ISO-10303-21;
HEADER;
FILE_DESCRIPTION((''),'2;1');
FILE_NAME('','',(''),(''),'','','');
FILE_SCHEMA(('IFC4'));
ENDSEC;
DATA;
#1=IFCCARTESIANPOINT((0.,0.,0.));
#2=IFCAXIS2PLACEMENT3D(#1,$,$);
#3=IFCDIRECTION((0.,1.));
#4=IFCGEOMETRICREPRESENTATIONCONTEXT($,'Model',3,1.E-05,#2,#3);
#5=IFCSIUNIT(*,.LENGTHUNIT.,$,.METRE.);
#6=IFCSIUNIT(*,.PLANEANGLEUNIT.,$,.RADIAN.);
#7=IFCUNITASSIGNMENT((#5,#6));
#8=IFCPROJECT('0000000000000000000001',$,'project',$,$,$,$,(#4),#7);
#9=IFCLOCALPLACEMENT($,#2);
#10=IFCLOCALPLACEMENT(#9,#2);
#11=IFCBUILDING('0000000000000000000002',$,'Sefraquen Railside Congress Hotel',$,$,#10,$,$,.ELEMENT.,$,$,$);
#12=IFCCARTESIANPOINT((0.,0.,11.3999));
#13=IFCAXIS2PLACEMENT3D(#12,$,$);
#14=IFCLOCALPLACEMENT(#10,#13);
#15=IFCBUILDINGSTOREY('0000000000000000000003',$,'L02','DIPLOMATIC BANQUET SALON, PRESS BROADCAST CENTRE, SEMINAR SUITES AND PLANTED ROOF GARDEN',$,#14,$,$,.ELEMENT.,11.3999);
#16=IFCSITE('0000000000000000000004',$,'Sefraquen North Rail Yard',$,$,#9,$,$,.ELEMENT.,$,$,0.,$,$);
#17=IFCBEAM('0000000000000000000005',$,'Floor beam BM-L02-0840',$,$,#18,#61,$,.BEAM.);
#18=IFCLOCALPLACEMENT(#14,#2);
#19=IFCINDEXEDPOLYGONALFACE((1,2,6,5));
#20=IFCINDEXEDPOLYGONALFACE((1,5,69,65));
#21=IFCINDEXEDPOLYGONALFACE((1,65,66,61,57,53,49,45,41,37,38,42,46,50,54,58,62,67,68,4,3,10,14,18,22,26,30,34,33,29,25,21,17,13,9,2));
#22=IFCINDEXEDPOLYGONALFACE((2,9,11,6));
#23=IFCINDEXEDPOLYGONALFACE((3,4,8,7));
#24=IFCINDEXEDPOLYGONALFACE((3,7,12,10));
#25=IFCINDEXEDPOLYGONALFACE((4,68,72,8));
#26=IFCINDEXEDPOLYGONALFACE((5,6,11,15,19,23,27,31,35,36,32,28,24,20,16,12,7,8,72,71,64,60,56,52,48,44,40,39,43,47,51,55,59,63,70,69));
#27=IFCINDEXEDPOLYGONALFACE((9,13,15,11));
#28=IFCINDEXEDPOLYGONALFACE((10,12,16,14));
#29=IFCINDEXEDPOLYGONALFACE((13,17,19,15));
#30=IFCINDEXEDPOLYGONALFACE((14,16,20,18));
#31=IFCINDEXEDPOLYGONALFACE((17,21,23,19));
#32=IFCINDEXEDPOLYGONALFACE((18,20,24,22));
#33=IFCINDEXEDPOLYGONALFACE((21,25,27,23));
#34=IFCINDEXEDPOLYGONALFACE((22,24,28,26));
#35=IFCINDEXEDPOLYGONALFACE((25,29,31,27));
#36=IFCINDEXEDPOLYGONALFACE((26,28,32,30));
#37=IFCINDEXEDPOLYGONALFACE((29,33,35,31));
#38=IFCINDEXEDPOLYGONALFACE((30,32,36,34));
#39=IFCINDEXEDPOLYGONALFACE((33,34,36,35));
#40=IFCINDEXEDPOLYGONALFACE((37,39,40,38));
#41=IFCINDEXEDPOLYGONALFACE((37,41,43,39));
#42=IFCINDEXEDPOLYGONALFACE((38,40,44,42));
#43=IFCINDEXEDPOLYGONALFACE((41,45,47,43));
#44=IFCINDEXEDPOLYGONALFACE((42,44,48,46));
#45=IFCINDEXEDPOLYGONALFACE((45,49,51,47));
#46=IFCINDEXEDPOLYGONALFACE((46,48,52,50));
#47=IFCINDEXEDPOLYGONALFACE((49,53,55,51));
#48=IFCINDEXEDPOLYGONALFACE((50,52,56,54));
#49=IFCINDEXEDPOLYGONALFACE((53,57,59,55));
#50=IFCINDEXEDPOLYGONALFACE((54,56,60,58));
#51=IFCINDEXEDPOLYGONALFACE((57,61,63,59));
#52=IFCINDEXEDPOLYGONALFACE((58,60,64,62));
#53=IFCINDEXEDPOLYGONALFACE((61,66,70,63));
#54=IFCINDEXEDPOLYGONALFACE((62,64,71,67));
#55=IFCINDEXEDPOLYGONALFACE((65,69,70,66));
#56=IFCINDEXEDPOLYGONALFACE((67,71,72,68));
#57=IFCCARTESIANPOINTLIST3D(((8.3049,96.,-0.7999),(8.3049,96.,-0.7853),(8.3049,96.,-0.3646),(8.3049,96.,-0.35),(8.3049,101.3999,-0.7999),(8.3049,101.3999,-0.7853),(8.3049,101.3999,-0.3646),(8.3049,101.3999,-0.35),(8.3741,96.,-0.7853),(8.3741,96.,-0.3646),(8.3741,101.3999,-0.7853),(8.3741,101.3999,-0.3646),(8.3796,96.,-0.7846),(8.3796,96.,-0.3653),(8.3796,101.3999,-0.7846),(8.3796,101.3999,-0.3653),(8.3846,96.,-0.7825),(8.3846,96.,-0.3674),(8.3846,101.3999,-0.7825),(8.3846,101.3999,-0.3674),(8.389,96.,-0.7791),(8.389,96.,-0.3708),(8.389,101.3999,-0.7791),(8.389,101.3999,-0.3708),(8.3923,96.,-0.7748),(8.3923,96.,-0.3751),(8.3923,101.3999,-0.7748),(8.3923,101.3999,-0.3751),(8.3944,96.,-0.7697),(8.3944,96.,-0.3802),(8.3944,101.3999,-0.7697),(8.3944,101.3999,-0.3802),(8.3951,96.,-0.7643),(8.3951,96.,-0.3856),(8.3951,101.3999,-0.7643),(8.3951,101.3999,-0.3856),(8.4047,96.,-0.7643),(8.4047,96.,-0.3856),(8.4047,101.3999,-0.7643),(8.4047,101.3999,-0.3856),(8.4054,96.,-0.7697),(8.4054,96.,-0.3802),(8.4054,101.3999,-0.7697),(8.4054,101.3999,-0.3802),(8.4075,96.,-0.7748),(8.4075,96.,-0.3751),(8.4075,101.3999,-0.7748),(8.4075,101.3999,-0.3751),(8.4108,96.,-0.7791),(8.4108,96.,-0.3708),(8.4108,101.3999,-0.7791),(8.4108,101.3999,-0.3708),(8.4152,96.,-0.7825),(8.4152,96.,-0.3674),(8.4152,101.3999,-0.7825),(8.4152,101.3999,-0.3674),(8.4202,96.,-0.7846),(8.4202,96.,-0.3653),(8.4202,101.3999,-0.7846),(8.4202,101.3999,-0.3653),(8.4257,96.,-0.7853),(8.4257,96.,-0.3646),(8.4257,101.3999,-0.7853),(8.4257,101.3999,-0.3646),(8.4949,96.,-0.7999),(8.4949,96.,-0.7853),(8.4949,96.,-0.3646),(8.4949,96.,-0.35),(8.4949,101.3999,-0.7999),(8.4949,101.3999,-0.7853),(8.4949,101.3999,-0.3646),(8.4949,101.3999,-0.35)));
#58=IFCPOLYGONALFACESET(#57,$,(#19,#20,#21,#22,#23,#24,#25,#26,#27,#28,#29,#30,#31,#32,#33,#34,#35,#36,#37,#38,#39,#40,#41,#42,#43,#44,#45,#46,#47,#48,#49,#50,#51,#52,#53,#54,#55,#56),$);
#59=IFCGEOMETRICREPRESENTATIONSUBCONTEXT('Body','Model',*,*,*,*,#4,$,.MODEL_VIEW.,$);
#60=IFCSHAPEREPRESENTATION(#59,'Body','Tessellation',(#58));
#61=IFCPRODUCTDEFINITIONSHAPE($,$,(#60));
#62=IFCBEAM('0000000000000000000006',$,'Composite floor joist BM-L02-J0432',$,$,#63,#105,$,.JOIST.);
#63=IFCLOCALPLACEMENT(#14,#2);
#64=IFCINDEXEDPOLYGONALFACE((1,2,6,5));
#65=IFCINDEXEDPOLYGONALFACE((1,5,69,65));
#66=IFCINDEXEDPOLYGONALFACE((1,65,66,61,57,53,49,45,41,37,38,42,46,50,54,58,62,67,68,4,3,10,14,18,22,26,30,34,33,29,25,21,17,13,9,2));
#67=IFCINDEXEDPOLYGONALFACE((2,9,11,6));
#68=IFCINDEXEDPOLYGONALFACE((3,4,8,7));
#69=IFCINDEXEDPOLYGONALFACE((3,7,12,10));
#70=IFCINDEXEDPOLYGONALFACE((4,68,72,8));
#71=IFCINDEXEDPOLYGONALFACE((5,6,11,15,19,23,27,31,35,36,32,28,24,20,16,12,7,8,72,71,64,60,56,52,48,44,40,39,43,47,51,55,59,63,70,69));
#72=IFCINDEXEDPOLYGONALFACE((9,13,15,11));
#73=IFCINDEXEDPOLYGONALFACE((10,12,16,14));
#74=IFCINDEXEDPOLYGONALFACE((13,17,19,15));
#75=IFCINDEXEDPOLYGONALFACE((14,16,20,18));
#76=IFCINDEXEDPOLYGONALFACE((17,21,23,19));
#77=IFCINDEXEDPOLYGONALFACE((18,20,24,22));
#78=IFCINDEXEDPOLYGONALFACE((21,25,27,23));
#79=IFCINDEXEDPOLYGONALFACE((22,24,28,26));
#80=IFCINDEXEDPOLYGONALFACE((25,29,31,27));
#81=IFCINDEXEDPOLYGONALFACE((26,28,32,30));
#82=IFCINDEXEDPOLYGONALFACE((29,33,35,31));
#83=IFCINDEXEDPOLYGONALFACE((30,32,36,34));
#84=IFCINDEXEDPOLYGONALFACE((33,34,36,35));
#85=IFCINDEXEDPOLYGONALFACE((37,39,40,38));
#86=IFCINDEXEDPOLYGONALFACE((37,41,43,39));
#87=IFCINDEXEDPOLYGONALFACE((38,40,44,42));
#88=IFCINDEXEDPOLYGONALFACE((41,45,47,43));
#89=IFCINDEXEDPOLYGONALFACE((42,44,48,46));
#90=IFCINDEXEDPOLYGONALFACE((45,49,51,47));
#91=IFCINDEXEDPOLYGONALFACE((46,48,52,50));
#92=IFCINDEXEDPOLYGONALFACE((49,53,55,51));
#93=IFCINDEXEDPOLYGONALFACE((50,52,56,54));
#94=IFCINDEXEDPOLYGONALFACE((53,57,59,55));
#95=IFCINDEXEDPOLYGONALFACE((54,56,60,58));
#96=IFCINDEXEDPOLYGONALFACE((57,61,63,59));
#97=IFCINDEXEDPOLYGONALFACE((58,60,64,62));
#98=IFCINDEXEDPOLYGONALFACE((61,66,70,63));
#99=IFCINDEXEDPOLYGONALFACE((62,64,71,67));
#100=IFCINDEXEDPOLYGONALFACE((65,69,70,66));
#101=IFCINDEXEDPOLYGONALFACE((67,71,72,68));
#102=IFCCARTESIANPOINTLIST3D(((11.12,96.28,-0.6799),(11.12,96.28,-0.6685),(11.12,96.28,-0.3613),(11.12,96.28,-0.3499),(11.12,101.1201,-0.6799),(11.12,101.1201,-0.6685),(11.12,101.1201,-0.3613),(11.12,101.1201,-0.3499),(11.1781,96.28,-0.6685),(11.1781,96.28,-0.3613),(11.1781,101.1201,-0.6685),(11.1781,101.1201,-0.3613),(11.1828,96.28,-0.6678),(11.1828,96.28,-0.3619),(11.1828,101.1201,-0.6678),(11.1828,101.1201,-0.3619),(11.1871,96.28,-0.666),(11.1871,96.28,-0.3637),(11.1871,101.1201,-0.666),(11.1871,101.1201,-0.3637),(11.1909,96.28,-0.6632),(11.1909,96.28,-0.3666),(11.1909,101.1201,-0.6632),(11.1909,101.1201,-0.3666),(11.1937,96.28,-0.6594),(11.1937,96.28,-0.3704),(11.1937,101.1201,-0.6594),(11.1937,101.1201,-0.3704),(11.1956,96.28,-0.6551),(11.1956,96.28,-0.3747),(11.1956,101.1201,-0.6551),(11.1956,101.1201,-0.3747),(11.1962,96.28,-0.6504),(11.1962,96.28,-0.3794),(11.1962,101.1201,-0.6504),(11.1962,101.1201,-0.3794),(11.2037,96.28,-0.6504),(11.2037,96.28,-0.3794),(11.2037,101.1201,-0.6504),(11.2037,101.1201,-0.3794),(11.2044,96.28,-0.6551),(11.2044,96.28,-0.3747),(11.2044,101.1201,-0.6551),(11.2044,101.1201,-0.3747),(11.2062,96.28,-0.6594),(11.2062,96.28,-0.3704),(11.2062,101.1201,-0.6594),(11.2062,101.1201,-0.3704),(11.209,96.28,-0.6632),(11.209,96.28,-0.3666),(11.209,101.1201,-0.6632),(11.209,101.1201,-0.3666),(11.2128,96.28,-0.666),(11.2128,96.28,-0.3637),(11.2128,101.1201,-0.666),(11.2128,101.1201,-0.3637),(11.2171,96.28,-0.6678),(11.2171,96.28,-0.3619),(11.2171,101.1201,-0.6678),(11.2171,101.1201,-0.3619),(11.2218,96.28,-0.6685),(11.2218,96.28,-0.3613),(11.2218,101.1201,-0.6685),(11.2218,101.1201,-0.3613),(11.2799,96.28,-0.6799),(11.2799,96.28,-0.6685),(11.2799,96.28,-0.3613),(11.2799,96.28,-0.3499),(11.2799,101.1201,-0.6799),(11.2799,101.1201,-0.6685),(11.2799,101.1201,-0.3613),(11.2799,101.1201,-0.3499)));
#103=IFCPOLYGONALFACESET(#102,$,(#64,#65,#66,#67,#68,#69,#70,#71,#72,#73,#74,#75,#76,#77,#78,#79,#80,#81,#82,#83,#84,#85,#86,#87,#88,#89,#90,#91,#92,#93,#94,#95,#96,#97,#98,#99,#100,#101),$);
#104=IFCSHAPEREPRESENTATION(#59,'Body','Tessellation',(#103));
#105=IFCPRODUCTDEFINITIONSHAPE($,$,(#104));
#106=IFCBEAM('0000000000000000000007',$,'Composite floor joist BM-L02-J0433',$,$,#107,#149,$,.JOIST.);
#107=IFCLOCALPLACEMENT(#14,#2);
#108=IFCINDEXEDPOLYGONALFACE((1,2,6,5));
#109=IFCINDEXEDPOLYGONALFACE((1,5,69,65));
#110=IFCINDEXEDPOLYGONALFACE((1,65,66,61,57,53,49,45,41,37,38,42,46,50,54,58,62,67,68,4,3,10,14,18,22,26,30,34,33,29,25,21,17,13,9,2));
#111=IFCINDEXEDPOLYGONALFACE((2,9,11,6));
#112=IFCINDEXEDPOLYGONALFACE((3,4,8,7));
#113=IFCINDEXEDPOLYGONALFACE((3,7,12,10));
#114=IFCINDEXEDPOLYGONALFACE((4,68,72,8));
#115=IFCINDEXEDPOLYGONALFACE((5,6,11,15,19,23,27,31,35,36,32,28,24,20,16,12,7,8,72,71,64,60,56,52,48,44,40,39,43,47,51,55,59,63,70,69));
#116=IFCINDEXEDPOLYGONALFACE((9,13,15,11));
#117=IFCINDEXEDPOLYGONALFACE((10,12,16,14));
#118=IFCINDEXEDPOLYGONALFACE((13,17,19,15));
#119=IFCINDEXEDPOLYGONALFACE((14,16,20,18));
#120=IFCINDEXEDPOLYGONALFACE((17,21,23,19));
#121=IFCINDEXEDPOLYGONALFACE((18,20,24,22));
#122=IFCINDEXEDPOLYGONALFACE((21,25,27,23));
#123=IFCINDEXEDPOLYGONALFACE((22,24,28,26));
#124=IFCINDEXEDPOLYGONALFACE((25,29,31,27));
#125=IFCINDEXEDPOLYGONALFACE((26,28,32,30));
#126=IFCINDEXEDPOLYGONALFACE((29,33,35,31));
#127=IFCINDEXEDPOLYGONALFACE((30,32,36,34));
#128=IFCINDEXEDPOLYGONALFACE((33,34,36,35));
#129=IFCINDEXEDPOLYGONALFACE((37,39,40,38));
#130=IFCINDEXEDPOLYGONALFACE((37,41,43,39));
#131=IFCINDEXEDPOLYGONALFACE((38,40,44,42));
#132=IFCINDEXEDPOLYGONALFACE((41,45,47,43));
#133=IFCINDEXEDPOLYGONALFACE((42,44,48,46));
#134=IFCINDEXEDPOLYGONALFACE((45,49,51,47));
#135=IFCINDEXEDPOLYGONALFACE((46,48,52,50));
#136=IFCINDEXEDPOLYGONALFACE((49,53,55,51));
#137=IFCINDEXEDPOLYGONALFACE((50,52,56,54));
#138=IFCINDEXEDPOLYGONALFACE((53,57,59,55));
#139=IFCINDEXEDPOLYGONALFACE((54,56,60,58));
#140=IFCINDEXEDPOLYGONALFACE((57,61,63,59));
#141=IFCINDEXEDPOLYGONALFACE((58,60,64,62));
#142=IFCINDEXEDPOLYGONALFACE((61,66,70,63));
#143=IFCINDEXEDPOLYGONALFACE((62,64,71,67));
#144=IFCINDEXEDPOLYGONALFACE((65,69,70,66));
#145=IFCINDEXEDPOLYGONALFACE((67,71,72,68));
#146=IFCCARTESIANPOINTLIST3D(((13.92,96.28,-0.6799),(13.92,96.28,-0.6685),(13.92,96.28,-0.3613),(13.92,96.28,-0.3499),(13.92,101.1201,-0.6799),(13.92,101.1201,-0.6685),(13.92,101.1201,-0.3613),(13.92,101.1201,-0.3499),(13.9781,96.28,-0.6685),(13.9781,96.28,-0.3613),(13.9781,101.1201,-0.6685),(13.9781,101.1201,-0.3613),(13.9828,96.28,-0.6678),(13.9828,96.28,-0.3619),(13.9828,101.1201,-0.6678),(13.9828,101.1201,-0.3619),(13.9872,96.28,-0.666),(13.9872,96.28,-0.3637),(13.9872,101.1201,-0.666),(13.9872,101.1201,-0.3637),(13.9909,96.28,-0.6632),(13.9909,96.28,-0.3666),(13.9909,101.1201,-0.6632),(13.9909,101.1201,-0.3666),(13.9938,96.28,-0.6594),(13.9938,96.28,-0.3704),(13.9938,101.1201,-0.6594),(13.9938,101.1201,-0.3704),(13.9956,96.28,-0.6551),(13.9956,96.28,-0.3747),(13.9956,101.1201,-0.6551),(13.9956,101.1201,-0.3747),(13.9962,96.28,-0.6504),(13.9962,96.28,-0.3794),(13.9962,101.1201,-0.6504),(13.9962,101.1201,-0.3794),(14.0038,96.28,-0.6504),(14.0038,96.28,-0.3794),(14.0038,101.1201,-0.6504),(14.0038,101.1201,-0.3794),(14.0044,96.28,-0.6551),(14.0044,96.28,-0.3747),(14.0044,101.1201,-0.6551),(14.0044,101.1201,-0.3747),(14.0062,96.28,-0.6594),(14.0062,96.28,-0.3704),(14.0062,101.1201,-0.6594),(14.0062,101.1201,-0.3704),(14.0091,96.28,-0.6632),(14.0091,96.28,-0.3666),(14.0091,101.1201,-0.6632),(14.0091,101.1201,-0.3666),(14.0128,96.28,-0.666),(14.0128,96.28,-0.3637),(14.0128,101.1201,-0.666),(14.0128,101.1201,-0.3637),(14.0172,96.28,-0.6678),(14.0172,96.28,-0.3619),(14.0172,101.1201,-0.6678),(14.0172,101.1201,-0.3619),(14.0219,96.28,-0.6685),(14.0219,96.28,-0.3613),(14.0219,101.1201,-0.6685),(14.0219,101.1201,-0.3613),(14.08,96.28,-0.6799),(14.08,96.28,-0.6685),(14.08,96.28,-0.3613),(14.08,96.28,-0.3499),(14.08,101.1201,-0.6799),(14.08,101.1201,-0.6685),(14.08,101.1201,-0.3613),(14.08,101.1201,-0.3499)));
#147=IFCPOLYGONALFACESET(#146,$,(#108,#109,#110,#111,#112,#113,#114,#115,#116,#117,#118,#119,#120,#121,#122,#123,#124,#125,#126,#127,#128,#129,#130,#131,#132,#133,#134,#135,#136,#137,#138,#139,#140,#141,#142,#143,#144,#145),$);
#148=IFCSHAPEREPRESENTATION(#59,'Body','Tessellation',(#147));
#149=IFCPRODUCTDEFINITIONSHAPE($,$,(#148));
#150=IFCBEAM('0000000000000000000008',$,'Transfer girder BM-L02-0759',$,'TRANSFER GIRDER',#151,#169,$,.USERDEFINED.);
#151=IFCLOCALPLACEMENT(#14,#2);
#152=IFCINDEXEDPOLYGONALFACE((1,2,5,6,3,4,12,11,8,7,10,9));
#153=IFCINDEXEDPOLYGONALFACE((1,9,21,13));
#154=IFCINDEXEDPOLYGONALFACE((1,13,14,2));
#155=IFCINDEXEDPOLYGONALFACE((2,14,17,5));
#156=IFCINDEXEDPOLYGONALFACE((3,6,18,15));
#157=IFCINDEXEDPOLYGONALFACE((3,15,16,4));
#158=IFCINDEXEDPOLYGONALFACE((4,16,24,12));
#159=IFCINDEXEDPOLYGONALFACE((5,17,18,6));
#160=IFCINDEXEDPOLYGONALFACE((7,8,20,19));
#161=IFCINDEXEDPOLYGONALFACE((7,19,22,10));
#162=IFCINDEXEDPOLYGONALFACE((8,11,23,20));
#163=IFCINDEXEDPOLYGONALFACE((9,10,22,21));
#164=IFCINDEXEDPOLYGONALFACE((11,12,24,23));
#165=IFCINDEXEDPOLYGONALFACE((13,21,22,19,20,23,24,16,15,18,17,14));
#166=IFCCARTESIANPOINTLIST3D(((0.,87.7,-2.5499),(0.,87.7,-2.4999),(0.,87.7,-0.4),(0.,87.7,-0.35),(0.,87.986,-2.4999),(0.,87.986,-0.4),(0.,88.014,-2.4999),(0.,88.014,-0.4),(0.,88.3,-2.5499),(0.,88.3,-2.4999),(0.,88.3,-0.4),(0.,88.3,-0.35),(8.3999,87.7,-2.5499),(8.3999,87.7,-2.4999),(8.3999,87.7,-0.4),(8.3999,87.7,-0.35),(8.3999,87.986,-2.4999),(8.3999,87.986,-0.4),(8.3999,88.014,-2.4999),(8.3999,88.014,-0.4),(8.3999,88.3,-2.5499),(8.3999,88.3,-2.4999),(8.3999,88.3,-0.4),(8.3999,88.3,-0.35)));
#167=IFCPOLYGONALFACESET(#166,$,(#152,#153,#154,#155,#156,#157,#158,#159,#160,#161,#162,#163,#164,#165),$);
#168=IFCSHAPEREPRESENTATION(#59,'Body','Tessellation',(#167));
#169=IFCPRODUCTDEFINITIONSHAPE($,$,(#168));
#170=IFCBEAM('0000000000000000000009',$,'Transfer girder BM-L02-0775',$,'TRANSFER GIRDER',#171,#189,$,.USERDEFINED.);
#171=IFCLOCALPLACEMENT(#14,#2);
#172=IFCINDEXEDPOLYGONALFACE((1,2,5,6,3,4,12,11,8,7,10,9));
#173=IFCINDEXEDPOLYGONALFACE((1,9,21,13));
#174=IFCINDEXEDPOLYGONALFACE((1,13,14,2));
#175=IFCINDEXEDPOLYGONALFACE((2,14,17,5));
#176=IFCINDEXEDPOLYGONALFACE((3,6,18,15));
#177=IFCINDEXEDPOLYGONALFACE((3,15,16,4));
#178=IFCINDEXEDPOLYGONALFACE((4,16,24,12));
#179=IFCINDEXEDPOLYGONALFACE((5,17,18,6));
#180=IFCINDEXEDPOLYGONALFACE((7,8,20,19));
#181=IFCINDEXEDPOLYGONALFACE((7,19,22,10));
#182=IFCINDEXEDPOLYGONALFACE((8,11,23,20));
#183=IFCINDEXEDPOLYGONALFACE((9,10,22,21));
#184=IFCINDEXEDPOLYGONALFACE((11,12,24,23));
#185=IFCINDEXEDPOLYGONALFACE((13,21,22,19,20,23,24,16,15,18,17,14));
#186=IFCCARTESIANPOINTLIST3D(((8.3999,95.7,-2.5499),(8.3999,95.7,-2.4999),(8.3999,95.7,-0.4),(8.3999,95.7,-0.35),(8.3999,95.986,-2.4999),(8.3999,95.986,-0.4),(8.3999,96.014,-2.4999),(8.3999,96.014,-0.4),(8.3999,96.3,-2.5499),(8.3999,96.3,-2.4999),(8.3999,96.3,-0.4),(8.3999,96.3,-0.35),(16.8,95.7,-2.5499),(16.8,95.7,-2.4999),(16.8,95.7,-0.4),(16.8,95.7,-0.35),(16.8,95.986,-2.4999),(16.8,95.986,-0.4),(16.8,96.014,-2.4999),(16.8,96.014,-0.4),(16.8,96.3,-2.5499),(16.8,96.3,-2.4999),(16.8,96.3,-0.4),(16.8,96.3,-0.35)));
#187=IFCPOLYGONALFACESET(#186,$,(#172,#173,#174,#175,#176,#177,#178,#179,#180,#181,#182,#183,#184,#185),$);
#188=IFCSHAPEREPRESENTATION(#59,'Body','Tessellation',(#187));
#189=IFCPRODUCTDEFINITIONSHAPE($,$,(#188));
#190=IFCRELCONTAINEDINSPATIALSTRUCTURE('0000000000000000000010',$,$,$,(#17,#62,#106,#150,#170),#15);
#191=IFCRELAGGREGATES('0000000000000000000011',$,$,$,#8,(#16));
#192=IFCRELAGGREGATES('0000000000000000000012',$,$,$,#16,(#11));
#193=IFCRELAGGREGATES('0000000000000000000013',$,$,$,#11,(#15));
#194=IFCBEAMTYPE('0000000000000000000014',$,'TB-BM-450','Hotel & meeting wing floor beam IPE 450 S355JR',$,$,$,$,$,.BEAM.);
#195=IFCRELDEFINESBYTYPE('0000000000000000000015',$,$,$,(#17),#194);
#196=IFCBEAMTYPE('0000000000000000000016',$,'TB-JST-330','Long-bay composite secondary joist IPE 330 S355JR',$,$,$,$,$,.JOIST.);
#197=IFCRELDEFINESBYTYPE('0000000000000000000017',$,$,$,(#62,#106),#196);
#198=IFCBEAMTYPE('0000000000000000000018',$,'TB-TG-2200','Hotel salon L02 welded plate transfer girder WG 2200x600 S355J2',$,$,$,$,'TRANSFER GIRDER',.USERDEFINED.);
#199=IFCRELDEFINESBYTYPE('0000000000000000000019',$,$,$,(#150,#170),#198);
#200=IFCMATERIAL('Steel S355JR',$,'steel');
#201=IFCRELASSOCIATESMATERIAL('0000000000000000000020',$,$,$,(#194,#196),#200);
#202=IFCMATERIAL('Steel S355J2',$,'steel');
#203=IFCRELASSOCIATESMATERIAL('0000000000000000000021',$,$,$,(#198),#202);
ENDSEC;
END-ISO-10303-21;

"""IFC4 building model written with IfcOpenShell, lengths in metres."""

from ifc_helpers import new_model, si_unit, direction, frame, origin, origin_2d, place, context, subcontext, project, spatial, i_section, extrude, material, material_profile, profile_set, type_object, element, save


model = new_model("IFC4")

# Units and contexts
model_context = context("Model", 3, precision=1e-05, world=origin(), true_north=direction((0.0, 1.0)))
body_context = subcontext(model_context, "Body", "Model", "MODEL_VIEW")
ifc_project = project(units=[si_unit("LENGTHUNIT", "METRE"), si_unit("PLANEANGLEUNIT", "RADIAN")], contexts=[model_context])

# Site, building, storey
site_placement = place(None, origin())
site = spatial("IfcSite", under=ifc_project, at=site_placement, Name="Sefraquen North Rail Yard", CompositionType="ELEMENT", RefElevation=0.0)
building_placement = place(site_placement, origin())
building = spatial("IfcBuilding", under=site, at=building_placement, Name="Sefraquen Railside Congress Hotel", CompositionType="ELEMENT")
storey_placement = place(building_placement, frame((0.0, 0.0, 11.3999)))
storey = spatial("IfcBuildingStorey", under=building, at=storey_placement, Name="L02", Description="DIPLOMATIC BANQUET SALON, PRESS BROADCAST CENTRE, SEMINAR SUITES AND PLANTED ROOF GARDEN", CompositionType="ELEMENT", Elevation=11.3999)

# Shared definitions
ifc_material_1 = material(Name="Steel S355JR", Category="steel")

# Beams
ifc_material_profile_1 = material_profile(ifc_material_1, i_section(OverallWidth=0.1899, OverallDepth=0.45, WebThickness=0.0095, FlangeThickness=0.0146, FilletRadius=0.021, at=origin_2d()), Name="IPE 450")
ifc_profile_set_1 = profile_set([ifc_material_profile_1], Name="Steel S355JR")
beam_type_1 = type_object("IfcBeamType", Name="TB-BM-450", Description="Hotel & meeting wing floor beam IPE 450 S355JR", PredefinedType="BEAM", material=ifc_profile_set_1)
beam_1_placement = place(storey_placement, frame((8.3999, 96.0, -0.575), z_axis=(0.0, 1.0, 0.0), x_axis=(-1.0, 0.0, 0.0)))
element("IfcBeam", 1, at=beam_1_placement, inside=storey, type_object=beam_type_1, Name="Floor beam BM-L02-0840", PredefinedType="BEAM", context=body_context, shape_type="SweptSolid", body=[
    extrude(i_section(OverallWidth=0.1899, OverallDepth=0.45, WebThickness=0.0095, FlangeThickness=0.0146, FilletRadius=0.021, at=origin_2d()), origin(), (0.0, 0.0, 1.0), 5.3999),
])
ifc_material_profile_2 = material_profile(ifc_material_1, i_section(OverallWidth=0.1599, OverallDepth=0.3301, WebThickness=0.0076, FlangeThickness=0.0115, FilletRadius=0.0181, at=origin_2d()), Name="IPE 330")
ifc_profile_set_2 = profile_set([ifc_material_profile_2], Name="Steel S355JR")
beam_type_2 = type_object("IfcBeamType", Name="TB-JST-330", Description="Long-bay composite secondary joist IPE 330 S355JR", PredefinedType="JOIST", material=ifc_profile_set_2)
for number, where, z_axis, x_axis, name in (
    (2, (11.2, 96.28, -0.5149), (0.0, 1.0, 0.0), (-1.0, 0.0, 0.0), "Composite floor joist BM-L02-J0432"),
    (3, (14.0, 96.28, -0.5149), (0.0, 1.0, 0.0), (-1.0, 0.0, 0.0), "Composite floor joist BM-L02-J0433"),
):
    element("IfcBeam", number, at=place(storey_placement, frame(where, z_axis=z_axis, x_axis=x_axis)), inside=storey, type_object=beam_type_2, Name=name, PredefinedType="JOIST", context=body_context, shape_type="SweptSolid", body=[
        extrude(i_section(OverallWidth=0.1599, OverallDepth=0.3301, WebThickness=0.0076, FlangeThickness=0.0115, FilletRadius=0.0181, at=origin_2d()), origin(), (0.0, 0.0, 1.0), 4.8401),
    ])
ifc_material_2 = material(Name="Steel S355J2", Category="steel")
ifc_material_profile_3 = material_profile(ifc_material_2, i_section(OverallWidth=0.6001, OverallDepth=2.2, WebThickness=0.0281, FlangeThickness=0.05, at=origin_2d()), Name="WG 2200x600")
ifc_profile_set_3 = profile_set([ifc_material_profile_3], Name="Steel S355J2")
beam_type_3 = type_object("IfcBeamType", Name="TB-TG-2200", Description="Hotel salon L02 welded plate transfer girder WG 2200x600 S355J2", ElementType="TRANSFER GIRDER", PredefinedType="USERDEFINED", material=ifc_profile_set_3)
beam_2_placement = place(storey_placement, frame((0.0, 88.0, -1.45), z_axis=(1.0, 0.0, 0.0), x_axis=(0.0, 1.0, 0.0)))
element("IfcBeam", 4, at=beam_2_placement, inside=storey, type_object=beam_type_3, Name="Transfer girder BM-L02-0759", ObjectType="TRANSFER GIRDER", PredefinedType="USERDEFINED", context=body_context, shape_type="SweptSolid", body=[
    extrude(i_section(OverallWidth=0.6001, OverallDepth=2.2, WebThickness=0.0281, FlangeThickness=0.05, at=origin_2d()), origin(), (0.0, 0.0, 1.0), 8.3999),
])
beam_3_placement = place(storey_placement, frame((8.3999, 96.0, -1.45), z_axis=(1.0, 0.0, 0.0), x_axis=(0.0, 1.0, 0.0)))
element("IfcBeam", 5, at=beam_3_placement, inside=storey, type_object=beam_type_3, Name="Transfer girder BM-L02-0775", ObjectType="TRANSFER GIRDER", PredefinedType="USERDEFINED", context=body_context, shape_type="SweptSolid", body=[
    extrude(i_section(OverallWidth=0.6001, OverallDepth=2.2, WebThickness=0.0281, FlangeThickness=0.05, at=origin_2d()), origin(), (0.0, 0.0, 1.0), 8.4001),
])

save(model, "model.ifc")
